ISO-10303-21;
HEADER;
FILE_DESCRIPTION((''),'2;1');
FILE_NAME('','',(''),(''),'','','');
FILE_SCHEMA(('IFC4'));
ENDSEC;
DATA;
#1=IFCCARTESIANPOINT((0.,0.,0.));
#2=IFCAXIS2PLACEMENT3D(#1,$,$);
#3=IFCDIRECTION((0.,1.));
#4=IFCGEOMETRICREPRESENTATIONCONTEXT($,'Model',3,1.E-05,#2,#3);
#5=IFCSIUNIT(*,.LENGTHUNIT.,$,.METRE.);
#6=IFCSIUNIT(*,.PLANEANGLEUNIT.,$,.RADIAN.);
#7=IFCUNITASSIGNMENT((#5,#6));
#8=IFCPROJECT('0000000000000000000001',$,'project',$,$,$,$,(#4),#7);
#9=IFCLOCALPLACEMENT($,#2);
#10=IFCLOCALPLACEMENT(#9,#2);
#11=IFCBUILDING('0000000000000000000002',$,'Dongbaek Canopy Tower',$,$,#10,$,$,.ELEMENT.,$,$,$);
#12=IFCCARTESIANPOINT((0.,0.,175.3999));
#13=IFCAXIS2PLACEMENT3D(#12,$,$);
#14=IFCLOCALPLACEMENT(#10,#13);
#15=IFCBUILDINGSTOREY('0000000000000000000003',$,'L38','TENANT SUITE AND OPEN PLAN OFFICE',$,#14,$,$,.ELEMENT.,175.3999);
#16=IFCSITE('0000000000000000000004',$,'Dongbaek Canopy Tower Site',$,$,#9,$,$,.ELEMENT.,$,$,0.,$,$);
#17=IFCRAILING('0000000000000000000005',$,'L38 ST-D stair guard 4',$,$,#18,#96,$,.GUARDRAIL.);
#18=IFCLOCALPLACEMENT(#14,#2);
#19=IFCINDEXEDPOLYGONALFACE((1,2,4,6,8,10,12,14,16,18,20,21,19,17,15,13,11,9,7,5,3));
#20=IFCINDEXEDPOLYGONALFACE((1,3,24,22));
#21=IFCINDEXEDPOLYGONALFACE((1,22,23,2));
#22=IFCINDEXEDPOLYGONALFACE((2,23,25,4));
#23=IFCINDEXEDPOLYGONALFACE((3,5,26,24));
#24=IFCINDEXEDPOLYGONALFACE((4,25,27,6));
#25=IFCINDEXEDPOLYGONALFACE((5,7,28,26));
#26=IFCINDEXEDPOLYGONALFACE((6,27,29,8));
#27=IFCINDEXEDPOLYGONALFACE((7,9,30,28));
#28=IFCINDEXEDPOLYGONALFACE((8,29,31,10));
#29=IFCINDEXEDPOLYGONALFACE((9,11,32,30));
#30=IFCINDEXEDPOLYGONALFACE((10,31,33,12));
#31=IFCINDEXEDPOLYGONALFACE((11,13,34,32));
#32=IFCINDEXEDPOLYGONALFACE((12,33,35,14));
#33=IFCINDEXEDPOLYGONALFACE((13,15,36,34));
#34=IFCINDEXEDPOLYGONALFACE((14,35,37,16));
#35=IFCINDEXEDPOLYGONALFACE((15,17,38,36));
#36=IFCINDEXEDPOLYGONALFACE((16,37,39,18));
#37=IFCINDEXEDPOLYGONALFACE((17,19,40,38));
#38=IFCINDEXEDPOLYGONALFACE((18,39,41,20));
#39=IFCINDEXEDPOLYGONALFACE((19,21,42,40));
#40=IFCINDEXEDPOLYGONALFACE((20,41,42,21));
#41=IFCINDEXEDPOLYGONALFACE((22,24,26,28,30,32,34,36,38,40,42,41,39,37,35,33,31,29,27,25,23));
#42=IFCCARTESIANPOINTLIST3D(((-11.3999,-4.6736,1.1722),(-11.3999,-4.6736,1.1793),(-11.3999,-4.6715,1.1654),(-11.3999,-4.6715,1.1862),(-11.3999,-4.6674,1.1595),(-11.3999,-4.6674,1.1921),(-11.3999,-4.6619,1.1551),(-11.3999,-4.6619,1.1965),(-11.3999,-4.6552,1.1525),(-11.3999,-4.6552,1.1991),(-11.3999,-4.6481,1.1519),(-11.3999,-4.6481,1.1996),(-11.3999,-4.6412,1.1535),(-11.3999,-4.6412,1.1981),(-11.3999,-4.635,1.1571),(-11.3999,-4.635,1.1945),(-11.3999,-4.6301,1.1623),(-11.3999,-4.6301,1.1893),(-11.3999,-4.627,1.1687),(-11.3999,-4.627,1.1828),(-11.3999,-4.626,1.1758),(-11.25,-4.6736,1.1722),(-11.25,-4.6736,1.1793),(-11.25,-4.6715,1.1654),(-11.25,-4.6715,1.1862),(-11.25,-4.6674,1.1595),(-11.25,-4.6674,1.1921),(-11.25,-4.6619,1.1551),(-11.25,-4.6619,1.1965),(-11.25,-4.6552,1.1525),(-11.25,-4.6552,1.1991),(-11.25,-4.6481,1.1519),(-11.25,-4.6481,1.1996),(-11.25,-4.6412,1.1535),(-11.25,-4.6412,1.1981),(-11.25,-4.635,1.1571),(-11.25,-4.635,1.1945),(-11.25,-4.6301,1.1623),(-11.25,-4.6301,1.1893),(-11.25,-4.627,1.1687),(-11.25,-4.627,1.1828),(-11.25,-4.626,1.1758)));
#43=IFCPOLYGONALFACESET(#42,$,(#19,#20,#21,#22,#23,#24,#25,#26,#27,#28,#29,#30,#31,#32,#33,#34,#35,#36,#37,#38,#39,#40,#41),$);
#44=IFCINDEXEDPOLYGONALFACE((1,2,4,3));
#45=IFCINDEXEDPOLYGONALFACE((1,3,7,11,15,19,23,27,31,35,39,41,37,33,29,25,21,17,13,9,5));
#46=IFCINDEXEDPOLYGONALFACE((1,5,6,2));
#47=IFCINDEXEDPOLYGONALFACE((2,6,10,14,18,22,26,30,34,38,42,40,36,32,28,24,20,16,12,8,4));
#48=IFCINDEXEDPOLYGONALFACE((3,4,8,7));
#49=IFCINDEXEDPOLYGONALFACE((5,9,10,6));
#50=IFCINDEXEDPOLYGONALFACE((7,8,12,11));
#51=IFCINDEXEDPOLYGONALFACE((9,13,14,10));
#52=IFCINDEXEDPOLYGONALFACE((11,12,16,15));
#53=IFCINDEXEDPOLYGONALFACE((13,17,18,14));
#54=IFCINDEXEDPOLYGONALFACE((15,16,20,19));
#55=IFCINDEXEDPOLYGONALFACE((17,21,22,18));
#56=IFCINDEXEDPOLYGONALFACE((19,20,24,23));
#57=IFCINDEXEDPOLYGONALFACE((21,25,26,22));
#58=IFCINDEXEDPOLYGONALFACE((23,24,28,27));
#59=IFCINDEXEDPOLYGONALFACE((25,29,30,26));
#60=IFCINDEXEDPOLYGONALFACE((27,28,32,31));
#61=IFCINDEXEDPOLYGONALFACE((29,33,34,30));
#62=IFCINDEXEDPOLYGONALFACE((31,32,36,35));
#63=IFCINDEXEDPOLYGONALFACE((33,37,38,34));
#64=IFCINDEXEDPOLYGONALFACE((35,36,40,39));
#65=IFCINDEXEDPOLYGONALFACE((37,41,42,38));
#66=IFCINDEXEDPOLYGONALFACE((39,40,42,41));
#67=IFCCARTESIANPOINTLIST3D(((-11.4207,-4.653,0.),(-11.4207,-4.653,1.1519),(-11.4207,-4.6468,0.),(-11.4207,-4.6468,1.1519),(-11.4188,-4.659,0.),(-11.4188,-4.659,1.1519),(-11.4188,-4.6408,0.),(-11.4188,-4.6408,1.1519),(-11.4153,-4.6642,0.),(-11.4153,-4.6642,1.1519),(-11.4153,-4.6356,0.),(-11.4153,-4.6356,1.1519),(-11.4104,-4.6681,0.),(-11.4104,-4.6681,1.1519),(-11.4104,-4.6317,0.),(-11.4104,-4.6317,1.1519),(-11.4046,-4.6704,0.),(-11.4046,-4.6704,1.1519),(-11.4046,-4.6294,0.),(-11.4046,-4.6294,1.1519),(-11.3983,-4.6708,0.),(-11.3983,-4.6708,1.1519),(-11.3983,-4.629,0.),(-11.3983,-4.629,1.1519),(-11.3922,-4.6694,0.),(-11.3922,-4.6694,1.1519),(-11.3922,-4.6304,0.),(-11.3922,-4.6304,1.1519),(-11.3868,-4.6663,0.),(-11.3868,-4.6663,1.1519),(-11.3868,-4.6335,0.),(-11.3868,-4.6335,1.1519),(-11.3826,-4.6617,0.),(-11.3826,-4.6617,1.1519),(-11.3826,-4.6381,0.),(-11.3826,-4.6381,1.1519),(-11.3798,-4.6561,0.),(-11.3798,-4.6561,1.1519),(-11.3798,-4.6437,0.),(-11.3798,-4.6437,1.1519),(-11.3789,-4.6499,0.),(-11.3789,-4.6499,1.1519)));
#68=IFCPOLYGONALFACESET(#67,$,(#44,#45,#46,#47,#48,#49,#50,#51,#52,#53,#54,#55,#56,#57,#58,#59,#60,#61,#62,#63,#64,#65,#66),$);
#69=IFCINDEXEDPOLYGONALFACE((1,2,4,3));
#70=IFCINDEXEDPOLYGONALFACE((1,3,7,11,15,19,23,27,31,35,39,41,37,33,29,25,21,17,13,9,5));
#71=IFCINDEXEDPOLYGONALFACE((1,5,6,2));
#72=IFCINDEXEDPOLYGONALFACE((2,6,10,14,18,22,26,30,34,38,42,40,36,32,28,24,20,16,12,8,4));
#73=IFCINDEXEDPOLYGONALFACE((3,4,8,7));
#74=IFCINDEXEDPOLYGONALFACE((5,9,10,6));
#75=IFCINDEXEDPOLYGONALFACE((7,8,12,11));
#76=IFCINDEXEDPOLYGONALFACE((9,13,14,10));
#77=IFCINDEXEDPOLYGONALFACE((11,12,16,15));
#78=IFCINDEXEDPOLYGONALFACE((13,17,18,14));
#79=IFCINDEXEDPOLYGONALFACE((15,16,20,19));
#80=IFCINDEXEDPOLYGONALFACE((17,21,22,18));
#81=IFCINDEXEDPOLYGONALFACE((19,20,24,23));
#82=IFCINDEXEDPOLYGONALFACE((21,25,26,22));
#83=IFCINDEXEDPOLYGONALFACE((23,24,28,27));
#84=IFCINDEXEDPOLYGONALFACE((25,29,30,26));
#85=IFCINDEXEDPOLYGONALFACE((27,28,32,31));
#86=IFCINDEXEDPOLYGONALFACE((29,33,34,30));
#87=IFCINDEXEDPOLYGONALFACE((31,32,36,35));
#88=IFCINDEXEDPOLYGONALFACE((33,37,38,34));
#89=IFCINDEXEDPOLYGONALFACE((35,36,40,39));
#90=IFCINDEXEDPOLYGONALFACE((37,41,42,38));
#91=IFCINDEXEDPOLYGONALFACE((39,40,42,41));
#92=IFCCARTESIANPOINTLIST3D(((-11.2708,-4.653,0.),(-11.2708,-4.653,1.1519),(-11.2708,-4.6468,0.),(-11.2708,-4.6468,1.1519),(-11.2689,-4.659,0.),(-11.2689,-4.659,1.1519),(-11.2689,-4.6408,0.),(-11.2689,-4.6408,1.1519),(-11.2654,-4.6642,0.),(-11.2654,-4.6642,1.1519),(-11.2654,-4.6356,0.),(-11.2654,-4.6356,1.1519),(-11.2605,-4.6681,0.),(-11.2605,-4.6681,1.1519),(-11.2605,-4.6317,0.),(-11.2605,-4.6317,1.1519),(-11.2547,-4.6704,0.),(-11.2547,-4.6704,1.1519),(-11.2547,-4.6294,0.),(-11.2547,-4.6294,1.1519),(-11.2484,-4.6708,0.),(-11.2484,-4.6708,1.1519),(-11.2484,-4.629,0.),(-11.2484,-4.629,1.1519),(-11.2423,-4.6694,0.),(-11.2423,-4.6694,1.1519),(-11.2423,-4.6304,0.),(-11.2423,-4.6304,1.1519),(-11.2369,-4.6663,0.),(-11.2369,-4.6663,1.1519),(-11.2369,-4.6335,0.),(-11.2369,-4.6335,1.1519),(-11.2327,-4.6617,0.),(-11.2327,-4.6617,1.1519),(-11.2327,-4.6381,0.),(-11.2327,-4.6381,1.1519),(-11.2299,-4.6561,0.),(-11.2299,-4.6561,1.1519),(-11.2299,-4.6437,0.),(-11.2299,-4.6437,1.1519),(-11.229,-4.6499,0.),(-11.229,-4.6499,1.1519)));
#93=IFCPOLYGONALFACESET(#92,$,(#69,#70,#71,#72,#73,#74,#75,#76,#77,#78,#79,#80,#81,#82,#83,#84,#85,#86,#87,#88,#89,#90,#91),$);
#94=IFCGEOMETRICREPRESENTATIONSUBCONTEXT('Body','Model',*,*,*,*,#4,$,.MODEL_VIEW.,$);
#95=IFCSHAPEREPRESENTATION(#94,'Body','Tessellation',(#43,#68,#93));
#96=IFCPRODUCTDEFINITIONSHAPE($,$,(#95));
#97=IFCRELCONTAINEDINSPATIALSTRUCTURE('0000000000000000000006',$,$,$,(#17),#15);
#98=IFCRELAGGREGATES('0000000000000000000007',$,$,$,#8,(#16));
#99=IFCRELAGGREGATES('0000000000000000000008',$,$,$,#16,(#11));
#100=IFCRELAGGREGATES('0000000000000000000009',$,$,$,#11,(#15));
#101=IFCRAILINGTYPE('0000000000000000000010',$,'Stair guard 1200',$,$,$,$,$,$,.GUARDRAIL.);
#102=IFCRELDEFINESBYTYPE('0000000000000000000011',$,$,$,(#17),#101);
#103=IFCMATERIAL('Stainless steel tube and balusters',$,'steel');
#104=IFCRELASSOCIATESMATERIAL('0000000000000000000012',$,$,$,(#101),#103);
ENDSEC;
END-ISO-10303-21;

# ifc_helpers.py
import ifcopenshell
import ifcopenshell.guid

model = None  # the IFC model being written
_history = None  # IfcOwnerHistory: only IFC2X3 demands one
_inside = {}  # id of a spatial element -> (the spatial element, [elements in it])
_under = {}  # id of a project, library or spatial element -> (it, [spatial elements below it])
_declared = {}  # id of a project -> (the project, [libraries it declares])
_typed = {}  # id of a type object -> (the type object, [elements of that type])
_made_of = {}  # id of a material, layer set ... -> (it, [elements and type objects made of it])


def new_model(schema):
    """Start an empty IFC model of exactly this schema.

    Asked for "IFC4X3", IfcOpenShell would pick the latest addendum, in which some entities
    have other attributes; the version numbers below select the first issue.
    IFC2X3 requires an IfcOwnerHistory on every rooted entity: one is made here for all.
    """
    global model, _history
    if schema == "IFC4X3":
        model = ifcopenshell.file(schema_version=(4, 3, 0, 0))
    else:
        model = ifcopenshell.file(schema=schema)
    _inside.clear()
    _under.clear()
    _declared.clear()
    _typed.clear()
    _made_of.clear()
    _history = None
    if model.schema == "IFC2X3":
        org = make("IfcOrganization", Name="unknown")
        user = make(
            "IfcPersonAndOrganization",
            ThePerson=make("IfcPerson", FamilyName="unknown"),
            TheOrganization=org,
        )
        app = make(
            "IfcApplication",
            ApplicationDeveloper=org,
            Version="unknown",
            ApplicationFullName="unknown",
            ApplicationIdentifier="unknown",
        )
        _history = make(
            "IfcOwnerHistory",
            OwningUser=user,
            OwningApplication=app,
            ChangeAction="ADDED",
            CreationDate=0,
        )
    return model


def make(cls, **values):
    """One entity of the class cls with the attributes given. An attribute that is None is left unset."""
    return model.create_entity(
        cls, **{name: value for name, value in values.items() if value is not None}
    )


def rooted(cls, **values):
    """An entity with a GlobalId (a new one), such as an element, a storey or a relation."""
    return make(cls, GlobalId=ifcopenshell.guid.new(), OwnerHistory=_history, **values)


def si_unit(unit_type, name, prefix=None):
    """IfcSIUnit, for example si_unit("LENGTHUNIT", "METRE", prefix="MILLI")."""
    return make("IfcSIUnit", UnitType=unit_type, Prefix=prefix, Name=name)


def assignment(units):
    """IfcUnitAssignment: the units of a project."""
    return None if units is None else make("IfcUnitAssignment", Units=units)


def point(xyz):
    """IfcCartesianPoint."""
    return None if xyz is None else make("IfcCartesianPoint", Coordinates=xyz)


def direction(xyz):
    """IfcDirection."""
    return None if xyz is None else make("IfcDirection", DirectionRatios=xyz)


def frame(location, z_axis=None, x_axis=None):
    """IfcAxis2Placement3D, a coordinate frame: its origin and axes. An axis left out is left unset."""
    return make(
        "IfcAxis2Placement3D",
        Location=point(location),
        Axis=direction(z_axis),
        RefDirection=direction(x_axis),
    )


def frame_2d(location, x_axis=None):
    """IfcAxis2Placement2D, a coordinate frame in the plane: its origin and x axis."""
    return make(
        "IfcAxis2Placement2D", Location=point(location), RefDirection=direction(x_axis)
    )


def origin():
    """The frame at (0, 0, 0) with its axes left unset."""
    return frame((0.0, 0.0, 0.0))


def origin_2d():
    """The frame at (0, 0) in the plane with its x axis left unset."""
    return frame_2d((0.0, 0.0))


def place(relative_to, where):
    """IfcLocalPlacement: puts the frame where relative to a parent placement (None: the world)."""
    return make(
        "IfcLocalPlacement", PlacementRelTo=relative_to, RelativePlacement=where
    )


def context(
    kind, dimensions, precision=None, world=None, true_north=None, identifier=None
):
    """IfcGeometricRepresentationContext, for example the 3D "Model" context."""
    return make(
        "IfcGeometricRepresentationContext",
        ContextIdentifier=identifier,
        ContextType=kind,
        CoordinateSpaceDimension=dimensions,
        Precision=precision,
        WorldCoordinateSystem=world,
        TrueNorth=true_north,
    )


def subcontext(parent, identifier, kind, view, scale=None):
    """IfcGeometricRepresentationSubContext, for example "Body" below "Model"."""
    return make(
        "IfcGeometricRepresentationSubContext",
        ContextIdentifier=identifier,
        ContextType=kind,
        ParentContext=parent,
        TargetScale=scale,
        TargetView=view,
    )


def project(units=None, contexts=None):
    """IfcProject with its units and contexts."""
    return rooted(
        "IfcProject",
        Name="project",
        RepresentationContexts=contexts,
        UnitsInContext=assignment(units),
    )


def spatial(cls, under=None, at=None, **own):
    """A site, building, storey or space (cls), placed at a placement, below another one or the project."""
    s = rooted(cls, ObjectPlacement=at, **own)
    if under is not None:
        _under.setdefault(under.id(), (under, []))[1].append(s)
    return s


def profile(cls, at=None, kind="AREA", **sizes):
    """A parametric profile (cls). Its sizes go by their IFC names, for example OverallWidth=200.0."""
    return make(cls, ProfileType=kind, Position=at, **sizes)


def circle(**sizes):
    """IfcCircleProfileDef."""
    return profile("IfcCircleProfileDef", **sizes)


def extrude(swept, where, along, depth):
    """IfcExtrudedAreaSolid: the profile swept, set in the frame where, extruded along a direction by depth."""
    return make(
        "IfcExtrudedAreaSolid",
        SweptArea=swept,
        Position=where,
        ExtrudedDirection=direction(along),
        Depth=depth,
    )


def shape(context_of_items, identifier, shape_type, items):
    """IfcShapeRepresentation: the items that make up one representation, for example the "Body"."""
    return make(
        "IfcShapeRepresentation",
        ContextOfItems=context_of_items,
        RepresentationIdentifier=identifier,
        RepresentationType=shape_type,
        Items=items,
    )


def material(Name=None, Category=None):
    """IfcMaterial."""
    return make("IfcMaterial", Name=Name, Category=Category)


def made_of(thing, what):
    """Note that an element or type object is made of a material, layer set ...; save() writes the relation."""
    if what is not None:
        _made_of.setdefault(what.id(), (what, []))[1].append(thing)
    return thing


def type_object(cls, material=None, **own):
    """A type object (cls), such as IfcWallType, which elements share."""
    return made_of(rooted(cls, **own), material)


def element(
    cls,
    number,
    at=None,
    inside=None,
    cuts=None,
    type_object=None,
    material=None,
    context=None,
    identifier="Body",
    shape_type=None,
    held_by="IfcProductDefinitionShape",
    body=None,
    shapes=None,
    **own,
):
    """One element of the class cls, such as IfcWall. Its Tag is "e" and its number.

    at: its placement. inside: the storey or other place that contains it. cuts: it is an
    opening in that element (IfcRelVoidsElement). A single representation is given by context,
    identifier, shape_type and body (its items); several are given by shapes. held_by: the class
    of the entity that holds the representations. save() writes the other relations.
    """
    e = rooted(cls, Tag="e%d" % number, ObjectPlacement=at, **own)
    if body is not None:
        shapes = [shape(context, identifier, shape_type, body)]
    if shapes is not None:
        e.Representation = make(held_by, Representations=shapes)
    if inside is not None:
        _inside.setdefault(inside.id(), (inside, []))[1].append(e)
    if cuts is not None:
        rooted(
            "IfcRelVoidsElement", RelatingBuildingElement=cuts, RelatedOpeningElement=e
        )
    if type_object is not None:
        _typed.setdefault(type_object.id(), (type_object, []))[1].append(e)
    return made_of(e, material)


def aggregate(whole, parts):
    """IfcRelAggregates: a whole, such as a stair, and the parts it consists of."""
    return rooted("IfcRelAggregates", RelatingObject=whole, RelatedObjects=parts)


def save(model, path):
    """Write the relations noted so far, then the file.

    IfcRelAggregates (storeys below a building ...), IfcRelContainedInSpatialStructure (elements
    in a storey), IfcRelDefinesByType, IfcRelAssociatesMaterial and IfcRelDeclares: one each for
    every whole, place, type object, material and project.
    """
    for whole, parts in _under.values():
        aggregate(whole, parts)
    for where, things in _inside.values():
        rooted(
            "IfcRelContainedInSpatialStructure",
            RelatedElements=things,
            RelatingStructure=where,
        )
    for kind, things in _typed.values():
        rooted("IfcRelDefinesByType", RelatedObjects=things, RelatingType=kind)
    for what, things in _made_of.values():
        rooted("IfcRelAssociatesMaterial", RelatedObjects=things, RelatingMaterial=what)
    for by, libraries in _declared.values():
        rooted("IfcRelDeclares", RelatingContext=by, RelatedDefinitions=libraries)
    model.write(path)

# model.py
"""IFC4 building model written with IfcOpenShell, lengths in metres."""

from ifc_helpers import new_model, si_unit, direction, frame, origin, origin_2d, place, context, subcontext, project, spatial, circle, extrude, material, type_object, element, save


model = new_model("IFC4")

# Units and contexts
model_context = context("Model", 3, precision=1e-05, world=origin(), true_north=direction((0.0, 1.0)))
body_context = subcontext(model_context, "Body", "Model", "MODEL_VIEW")
ifc_project = project(units=[si_unit("LENGTHUNIT", "METRE"), si_unit("PLANEANGLEUNIT", "RADIAN")], contexts=[model_context])

# Site, building, storey
site_placement = place(None, origin())
site = spatial("IfcSite", under=ifc_project, at=site_placement, Name="Dongbaek Canopy Tower Site", CompositionType="ELEMENT", RefElevation=0.0)
building_placement = place(site_placement, origin())
building = spatial("IfcBuilding", under=site, at=building_placement, Name="Dongbaek Canopy Tower", CompositionType="ELEMENT")
storey_placement = place(building_placement, frame((0.0, 0.0, 175.3999)))
storey = spatial("IfcBuildingStorey", under=building, at=storey_placement, Name="L38", Description="TENANT SUITE AND OPEN PLAN OFFICE", CompositionType="ELEMENT", Elevation=175.3999)

# Railing
ifc_material_1 = material(Name="Stainless steel tube and balusters", Category="steel")
railing_type_1 = type_object("IfcRailingType", Name="Stair guard 1200", PredefinedType="GUARDRAIL", material=ifc_material_1)
railing_1_placement = place(storey_placement, frame((-11.3999, -4.6499, 0.0)))
element("IfcRailing", 1, at=railing_1_placement, inside=storey, type_object=railing_type_1, Name="L38 ST-D stair guard 4", PredefinedType="GUARDRAIL", context=body_context, shape_type="SweptSolid", body=[
    extrude(circle(Radius=0.0239, at=origin_2d()), frame((0.0, 0.0, 1.1758), z_axis=(1.0, 0.0, 0.0), x_axis=(0.0, 1.0, 0.0)), (0.0, 0.0, 1.0), 0.1499),
    extrude(circle(Radius=0.021, at=origin_2d()), origin(), (0.0, 0.0, 1.0), 1.1519),
    extrude(circle(Radius=0.021, at=origin_2d()), frame((0.1499, 0.0, 0.0)), (0.0, 0.0, 1.0), 1.1519),
])

save(model, "model.ifc")
